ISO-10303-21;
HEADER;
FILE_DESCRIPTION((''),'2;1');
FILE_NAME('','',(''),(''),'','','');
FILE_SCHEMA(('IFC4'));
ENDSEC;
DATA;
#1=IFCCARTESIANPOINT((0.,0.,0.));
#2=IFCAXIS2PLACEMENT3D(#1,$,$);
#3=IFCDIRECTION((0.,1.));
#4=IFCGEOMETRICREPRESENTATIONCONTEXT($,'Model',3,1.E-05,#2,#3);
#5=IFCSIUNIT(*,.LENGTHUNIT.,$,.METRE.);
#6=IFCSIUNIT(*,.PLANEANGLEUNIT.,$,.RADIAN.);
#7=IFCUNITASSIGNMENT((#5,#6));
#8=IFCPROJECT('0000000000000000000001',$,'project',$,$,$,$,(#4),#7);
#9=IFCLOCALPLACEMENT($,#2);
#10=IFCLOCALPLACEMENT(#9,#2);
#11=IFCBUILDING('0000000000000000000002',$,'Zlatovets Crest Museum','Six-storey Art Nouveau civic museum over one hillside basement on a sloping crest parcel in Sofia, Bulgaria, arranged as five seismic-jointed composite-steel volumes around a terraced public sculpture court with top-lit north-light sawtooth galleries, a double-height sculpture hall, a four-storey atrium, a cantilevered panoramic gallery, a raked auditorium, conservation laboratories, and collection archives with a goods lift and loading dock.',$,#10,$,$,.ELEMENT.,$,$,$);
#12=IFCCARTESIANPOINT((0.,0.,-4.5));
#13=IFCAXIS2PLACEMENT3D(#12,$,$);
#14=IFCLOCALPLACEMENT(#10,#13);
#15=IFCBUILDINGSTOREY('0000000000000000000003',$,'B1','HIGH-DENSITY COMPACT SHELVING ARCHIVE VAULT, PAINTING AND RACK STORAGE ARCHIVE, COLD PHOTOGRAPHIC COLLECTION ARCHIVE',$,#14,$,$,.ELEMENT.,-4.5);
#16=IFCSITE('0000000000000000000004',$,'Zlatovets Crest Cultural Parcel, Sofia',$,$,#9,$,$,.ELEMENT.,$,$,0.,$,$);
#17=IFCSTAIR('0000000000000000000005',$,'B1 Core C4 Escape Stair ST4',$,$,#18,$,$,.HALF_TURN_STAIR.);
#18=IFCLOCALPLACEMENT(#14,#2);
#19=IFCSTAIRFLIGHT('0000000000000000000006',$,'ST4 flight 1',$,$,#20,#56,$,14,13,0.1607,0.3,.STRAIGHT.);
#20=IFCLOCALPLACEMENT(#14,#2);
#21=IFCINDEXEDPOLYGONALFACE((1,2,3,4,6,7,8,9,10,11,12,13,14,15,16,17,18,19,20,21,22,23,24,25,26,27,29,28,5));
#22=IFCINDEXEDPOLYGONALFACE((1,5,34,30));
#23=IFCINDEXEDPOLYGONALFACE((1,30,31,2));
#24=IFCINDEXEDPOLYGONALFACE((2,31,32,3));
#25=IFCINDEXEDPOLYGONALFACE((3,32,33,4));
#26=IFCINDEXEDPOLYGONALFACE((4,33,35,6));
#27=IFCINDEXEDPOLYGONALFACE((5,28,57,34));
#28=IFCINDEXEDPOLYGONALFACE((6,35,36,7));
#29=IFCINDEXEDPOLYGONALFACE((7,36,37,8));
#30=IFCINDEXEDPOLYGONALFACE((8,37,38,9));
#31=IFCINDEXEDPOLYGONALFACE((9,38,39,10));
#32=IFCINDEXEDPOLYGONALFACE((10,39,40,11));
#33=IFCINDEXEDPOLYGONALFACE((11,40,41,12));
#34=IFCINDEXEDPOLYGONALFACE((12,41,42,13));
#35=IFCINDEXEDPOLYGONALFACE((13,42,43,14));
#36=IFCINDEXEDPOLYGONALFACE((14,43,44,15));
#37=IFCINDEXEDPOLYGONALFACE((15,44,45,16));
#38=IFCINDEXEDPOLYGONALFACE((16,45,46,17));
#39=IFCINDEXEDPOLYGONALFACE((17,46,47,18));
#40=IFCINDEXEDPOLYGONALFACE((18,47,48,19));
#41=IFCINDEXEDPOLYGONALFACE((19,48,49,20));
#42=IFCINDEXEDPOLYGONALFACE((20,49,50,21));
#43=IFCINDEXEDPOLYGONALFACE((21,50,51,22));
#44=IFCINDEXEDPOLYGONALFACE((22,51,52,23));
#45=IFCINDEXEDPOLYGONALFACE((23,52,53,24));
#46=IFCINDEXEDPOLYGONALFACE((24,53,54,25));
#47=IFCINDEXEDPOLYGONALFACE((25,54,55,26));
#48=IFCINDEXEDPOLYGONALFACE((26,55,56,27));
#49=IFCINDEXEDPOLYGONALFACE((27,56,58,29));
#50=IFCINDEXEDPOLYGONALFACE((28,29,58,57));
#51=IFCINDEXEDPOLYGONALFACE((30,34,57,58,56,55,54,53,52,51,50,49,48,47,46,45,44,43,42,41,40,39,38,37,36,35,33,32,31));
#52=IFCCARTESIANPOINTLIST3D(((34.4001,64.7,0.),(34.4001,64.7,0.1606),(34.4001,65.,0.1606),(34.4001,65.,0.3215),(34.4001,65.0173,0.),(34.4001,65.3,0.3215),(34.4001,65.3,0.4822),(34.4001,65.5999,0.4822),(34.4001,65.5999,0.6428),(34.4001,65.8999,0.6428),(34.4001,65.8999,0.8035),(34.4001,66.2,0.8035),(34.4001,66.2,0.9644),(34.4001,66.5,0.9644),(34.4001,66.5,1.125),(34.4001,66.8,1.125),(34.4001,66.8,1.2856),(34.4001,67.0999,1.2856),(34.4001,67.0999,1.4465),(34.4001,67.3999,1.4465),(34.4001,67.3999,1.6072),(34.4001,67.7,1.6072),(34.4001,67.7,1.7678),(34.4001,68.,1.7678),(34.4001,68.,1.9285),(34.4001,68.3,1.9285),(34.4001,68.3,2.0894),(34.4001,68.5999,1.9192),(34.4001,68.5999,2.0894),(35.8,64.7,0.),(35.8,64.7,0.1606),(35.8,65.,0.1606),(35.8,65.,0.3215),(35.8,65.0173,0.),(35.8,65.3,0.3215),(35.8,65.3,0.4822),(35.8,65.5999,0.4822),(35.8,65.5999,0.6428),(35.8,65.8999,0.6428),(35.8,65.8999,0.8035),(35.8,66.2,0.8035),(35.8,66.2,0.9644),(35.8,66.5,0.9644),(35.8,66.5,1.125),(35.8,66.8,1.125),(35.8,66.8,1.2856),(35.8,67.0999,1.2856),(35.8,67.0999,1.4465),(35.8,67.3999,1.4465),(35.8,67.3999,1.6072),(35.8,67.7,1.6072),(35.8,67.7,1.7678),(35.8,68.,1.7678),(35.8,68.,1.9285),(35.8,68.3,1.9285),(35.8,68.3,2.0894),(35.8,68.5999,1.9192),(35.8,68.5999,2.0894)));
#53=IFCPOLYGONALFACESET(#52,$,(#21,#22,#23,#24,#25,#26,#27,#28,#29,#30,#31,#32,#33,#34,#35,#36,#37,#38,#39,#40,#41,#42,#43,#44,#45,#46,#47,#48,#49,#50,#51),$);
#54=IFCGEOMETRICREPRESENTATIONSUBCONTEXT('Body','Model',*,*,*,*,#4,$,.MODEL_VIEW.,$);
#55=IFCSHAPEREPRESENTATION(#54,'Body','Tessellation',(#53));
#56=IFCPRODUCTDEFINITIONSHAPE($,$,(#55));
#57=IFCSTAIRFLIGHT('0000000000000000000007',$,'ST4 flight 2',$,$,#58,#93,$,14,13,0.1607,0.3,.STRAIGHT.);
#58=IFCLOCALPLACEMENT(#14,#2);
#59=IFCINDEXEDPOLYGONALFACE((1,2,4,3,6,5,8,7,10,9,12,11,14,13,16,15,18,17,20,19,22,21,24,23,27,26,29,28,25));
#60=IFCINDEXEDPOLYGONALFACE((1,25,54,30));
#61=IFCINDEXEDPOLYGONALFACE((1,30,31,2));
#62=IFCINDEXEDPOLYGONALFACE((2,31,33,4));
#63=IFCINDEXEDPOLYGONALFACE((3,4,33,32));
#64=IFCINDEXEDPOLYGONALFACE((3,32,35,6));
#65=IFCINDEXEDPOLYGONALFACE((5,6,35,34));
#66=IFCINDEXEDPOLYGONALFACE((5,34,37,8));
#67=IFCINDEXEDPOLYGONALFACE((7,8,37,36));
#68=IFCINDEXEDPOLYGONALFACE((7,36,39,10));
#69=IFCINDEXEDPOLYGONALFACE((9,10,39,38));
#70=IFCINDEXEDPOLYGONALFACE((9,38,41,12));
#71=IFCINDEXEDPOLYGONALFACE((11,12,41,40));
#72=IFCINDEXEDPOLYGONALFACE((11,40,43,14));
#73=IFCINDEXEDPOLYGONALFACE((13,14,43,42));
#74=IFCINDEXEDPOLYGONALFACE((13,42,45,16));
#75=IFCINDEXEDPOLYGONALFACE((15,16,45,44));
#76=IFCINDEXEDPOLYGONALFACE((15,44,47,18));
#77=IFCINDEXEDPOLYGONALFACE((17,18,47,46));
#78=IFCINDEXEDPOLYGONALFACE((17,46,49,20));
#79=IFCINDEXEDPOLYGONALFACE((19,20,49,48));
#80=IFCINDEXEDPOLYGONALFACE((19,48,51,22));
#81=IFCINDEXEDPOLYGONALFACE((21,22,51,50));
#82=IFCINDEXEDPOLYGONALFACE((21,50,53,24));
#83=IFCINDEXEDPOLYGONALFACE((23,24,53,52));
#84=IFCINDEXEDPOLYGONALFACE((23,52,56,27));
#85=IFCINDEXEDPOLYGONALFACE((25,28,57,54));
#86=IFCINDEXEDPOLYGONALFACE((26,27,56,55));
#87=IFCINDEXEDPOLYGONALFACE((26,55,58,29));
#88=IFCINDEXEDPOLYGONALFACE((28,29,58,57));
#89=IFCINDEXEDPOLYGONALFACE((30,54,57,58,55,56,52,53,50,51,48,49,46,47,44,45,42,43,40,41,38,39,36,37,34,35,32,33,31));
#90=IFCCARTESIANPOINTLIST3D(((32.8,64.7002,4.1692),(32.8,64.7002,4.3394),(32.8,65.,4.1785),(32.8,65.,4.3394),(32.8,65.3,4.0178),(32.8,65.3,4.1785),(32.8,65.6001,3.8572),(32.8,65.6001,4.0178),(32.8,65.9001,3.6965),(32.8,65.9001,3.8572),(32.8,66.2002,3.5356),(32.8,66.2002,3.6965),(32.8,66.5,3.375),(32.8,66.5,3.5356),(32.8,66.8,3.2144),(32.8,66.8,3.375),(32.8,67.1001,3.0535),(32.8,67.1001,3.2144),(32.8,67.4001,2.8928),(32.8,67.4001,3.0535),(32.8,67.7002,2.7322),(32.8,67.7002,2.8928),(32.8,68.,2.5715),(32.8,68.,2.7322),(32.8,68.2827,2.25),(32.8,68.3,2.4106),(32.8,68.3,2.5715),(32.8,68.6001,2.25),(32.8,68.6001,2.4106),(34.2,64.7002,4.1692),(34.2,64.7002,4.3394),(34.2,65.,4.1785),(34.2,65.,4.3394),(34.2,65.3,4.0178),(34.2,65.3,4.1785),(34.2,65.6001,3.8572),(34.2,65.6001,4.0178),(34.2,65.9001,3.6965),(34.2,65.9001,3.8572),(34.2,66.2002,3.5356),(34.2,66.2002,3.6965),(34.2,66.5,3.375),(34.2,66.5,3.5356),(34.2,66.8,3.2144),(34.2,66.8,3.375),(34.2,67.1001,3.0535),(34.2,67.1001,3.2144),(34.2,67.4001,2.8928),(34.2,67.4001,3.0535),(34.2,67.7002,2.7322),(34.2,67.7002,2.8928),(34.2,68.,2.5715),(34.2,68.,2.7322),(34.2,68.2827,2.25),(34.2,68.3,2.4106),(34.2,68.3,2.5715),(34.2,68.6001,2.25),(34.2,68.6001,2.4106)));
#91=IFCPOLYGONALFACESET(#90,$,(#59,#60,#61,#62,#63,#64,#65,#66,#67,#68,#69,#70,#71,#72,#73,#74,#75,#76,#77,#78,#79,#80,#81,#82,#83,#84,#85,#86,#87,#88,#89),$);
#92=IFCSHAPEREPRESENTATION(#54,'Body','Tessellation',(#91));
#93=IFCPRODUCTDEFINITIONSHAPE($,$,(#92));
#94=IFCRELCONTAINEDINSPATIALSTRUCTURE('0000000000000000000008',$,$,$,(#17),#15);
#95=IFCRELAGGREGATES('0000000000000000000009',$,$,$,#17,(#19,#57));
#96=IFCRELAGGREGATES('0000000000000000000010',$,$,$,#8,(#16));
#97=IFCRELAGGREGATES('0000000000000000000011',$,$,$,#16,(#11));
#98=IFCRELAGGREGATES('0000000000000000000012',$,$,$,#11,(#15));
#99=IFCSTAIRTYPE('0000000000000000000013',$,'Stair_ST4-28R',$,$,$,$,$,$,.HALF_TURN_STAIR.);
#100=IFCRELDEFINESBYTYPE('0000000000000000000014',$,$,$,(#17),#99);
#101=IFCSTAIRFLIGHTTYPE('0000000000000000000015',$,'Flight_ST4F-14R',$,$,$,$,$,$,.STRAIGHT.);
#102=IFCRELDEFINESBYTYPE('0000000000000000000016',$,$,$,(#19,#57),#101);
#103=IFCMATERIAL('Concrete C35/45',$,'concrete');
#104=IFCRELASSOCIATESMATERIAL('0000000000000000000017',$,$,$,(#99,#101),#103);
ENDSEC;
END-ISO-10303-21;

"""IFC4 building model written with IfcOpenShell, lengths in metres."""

from ifc_helpers import new_model, si_unit, direction, frame, origin, place, context, subcontext, project, spatial, polyline, outline, extrude, material, type_object, element, aggregate, save


model = new_model("IFC4")

# Units and contexts
model_context = context("Model", 3, precision=1e-05, world=origin(), true_north=direction((0.0, 1.0)))
body_context = subcontext(model_context, "Body", "Model", "MODEL_VIEW")
ifc_project = project(units=[si_unit("LENGTHUNIT", "METRE"), si_unit("PLANEANGLEUNIT", "RADIAN")], contexts=[model_context])

# Site, building, storey
site_placement = place(None, origin())
site = spatial("IfcSite", under=ifc_project, at=site_placement, Name="Zlatovets Crest Cultural Parcel, Sofia", CompositionType="ELEMENT", RefElevation=0.0)
building_placement = place(site_placement, origin())
building = spatial("IfcBuilding", under=site, at=building_placement, Name="Zlatovets Crest Museum", Description="Six-storey Art Nouveau civic museum over one hillside basement on a sloping crest parcel in Sofia, Bulgaria, arranged as five seismic-jointed composite-steel volumes around a terraced public sculpture court with top-lit north-light sawtooth galleries, a double-height sculpture hall, a four-storey atrium, a cantilevered panoramic gallery, a raked auditorium, conservation laboratories, and collection archives with a goods lift and loading dock.", CompositionType="ELEMENT")
storey_placement = place(building_placement, frame((0.0, 0.0, -4.5)))
storey = spatial("IfcBuildingStorey", under=building, at=storey_placement, Name="B1", Description="HIGH-DENSITY COMPACT SHELVING ARCHIVE VAULT, PAINTING AND RACK STORAGE ARCHIVE, COLD PHOTOGRAPHIC COLLECTION ARCHIVE", CompositionType="ELEMENT", Elevation=-4.5)

# Shared definitions
ifc_material_1 = material(Name="Concrete C35/45", Category="concrete")

# Stair, stair flights
stair_type = type_object("IfcStairType", Name="Stair_ST4-28R", PredefinedType="HALF_TURN_STAIR", material=ifc_material_1)
stair_placement = place(storey_placement, origin())
stair = element("IfcStair", 1, at=stair_placement, inside=storey, type_object=stair_type, Name="B1 Core C4 Escape Stair ST4", PredefinedType="HALF_TURN_STAIR")
stair_flight_type = type_object("IfcStairFlightType", Name="Flight_ST4F-14R", PredefinedType="STRAIGHT", material=ifc_material_1)
stair_flight_1_placement = place(storey_placement, frame((35.1001, 64.7, 0.0), z_axis=(0.0, 0.0, 1.0), x_axis=(0.0, 1.0, 0.0)))
stair_flight_1 = element("IfcStairFlight", 2, at=stair_flight_1_placement, type_object=stair_flight_type, Name="ST4 flight 1", NumberOfRisers=14, NumberOfTreads=13, PredefinedType="STRAIGHT", RiserHeight=0.1607, TreadLength=0.3, context=body_context, shape_type="SweptSolid", body=[
    extrude(outline(polyline([(0.0, 0.0), (0.0, 0.1606), (0.3, 0.1606), (0.3, 0.3215), (0.6001, 0.3215), (0.6001, 0.4822), (0.8999, 0.4822), (0.8999, 0.6428), (1.2, 0.6428), (1.2, 0.8035), (1.5, 0.8035), (1.5, 0.9644), (1.8, 0.9644), (1.8, 1.125), (2.1001, 1.125), (2.1001, 1.2856), (2.3999, 1.2856), (2.3999, 1.4465), (2.7, 1.4465), (2.7, 1.6072), (3.0, 1.6072), (3.0, 1.7678), (3.3, 1.7678), (3.3, 1.9285), (3.6001, 1.9285), (3.6001, 2.0894), (3.8999, 2.0894), (3.8999, 2.25), (3.8999, 1.9192), (0.3174, 0.0), (0.0, 0.0)])), frame((0.0, 0.7, 0.0), z_axis=(0.0, -1.0, 0.0), x_axis=(1.0, 0.0, 0.0)), (0.0, 0.0, 1.0), 1.3999),
])
stair_flight_2_placement = place(storey_placement, frame((33.5, 68.6001, 2.25), z_axis=(0.0, 0.0, 1.0), x_axis=(0.0, -1.0, 0.0)))
stair_flight_2 = element("IfcStairFlight", 3, at=stair_flight_2_placement, type_object=stair_flight_type, Name="ST4 flight 2", NumberOfRisers=14, NumberOfTreads=13, PredefinedType="STRAIGHT", RiserHeight=0.1607, TreadLength=0.3, context=body_context, shape_type="SweptSolid", body=[
    extrude(outline(polyline([(0.0, 0.0), (0.0, 0.1606), (0.3, 0.1606), (0.3, 0.3215), (0.6001, 0.3215), (0.6001, 0.4822), (0.8999, 0.4822), (0.8999, 0.6428), (1.2, 0.6428), (1.2, 0.8035), (1.5, 0.8035), (1.5, 0.9644), (1.8, 0.9644), (1.8, 1.125), (2.1001, 1.125), (2.1001, 1.2856), (2.3999, 1.2856), (2.3999, 1.4465), (2.7, 1.4465), (2.7, 1.6072), (3.0, 1.6072), (3.0, 1.7678), (3.3, 1.7678), (3.3, 1.9285), (3.6001, 1.9285), (3.6001, 2.0894), (3.8999, 2.0894), (3.8999, 2.25), (3.8999, 1.9192), (0.3174, 0.0), (0.0, 0.0)])), frame((0.0, 0.7, 0.0), z_axis=(0.0, -1.0, 0.0), x_axis=(1.0, 0.0, 0.0)), (0.0, 0.0, 1.0), 1.3999),
])
aggregate(stair, [stair_flight_1, stair_flight_2])

save(model, "model.ifc")
